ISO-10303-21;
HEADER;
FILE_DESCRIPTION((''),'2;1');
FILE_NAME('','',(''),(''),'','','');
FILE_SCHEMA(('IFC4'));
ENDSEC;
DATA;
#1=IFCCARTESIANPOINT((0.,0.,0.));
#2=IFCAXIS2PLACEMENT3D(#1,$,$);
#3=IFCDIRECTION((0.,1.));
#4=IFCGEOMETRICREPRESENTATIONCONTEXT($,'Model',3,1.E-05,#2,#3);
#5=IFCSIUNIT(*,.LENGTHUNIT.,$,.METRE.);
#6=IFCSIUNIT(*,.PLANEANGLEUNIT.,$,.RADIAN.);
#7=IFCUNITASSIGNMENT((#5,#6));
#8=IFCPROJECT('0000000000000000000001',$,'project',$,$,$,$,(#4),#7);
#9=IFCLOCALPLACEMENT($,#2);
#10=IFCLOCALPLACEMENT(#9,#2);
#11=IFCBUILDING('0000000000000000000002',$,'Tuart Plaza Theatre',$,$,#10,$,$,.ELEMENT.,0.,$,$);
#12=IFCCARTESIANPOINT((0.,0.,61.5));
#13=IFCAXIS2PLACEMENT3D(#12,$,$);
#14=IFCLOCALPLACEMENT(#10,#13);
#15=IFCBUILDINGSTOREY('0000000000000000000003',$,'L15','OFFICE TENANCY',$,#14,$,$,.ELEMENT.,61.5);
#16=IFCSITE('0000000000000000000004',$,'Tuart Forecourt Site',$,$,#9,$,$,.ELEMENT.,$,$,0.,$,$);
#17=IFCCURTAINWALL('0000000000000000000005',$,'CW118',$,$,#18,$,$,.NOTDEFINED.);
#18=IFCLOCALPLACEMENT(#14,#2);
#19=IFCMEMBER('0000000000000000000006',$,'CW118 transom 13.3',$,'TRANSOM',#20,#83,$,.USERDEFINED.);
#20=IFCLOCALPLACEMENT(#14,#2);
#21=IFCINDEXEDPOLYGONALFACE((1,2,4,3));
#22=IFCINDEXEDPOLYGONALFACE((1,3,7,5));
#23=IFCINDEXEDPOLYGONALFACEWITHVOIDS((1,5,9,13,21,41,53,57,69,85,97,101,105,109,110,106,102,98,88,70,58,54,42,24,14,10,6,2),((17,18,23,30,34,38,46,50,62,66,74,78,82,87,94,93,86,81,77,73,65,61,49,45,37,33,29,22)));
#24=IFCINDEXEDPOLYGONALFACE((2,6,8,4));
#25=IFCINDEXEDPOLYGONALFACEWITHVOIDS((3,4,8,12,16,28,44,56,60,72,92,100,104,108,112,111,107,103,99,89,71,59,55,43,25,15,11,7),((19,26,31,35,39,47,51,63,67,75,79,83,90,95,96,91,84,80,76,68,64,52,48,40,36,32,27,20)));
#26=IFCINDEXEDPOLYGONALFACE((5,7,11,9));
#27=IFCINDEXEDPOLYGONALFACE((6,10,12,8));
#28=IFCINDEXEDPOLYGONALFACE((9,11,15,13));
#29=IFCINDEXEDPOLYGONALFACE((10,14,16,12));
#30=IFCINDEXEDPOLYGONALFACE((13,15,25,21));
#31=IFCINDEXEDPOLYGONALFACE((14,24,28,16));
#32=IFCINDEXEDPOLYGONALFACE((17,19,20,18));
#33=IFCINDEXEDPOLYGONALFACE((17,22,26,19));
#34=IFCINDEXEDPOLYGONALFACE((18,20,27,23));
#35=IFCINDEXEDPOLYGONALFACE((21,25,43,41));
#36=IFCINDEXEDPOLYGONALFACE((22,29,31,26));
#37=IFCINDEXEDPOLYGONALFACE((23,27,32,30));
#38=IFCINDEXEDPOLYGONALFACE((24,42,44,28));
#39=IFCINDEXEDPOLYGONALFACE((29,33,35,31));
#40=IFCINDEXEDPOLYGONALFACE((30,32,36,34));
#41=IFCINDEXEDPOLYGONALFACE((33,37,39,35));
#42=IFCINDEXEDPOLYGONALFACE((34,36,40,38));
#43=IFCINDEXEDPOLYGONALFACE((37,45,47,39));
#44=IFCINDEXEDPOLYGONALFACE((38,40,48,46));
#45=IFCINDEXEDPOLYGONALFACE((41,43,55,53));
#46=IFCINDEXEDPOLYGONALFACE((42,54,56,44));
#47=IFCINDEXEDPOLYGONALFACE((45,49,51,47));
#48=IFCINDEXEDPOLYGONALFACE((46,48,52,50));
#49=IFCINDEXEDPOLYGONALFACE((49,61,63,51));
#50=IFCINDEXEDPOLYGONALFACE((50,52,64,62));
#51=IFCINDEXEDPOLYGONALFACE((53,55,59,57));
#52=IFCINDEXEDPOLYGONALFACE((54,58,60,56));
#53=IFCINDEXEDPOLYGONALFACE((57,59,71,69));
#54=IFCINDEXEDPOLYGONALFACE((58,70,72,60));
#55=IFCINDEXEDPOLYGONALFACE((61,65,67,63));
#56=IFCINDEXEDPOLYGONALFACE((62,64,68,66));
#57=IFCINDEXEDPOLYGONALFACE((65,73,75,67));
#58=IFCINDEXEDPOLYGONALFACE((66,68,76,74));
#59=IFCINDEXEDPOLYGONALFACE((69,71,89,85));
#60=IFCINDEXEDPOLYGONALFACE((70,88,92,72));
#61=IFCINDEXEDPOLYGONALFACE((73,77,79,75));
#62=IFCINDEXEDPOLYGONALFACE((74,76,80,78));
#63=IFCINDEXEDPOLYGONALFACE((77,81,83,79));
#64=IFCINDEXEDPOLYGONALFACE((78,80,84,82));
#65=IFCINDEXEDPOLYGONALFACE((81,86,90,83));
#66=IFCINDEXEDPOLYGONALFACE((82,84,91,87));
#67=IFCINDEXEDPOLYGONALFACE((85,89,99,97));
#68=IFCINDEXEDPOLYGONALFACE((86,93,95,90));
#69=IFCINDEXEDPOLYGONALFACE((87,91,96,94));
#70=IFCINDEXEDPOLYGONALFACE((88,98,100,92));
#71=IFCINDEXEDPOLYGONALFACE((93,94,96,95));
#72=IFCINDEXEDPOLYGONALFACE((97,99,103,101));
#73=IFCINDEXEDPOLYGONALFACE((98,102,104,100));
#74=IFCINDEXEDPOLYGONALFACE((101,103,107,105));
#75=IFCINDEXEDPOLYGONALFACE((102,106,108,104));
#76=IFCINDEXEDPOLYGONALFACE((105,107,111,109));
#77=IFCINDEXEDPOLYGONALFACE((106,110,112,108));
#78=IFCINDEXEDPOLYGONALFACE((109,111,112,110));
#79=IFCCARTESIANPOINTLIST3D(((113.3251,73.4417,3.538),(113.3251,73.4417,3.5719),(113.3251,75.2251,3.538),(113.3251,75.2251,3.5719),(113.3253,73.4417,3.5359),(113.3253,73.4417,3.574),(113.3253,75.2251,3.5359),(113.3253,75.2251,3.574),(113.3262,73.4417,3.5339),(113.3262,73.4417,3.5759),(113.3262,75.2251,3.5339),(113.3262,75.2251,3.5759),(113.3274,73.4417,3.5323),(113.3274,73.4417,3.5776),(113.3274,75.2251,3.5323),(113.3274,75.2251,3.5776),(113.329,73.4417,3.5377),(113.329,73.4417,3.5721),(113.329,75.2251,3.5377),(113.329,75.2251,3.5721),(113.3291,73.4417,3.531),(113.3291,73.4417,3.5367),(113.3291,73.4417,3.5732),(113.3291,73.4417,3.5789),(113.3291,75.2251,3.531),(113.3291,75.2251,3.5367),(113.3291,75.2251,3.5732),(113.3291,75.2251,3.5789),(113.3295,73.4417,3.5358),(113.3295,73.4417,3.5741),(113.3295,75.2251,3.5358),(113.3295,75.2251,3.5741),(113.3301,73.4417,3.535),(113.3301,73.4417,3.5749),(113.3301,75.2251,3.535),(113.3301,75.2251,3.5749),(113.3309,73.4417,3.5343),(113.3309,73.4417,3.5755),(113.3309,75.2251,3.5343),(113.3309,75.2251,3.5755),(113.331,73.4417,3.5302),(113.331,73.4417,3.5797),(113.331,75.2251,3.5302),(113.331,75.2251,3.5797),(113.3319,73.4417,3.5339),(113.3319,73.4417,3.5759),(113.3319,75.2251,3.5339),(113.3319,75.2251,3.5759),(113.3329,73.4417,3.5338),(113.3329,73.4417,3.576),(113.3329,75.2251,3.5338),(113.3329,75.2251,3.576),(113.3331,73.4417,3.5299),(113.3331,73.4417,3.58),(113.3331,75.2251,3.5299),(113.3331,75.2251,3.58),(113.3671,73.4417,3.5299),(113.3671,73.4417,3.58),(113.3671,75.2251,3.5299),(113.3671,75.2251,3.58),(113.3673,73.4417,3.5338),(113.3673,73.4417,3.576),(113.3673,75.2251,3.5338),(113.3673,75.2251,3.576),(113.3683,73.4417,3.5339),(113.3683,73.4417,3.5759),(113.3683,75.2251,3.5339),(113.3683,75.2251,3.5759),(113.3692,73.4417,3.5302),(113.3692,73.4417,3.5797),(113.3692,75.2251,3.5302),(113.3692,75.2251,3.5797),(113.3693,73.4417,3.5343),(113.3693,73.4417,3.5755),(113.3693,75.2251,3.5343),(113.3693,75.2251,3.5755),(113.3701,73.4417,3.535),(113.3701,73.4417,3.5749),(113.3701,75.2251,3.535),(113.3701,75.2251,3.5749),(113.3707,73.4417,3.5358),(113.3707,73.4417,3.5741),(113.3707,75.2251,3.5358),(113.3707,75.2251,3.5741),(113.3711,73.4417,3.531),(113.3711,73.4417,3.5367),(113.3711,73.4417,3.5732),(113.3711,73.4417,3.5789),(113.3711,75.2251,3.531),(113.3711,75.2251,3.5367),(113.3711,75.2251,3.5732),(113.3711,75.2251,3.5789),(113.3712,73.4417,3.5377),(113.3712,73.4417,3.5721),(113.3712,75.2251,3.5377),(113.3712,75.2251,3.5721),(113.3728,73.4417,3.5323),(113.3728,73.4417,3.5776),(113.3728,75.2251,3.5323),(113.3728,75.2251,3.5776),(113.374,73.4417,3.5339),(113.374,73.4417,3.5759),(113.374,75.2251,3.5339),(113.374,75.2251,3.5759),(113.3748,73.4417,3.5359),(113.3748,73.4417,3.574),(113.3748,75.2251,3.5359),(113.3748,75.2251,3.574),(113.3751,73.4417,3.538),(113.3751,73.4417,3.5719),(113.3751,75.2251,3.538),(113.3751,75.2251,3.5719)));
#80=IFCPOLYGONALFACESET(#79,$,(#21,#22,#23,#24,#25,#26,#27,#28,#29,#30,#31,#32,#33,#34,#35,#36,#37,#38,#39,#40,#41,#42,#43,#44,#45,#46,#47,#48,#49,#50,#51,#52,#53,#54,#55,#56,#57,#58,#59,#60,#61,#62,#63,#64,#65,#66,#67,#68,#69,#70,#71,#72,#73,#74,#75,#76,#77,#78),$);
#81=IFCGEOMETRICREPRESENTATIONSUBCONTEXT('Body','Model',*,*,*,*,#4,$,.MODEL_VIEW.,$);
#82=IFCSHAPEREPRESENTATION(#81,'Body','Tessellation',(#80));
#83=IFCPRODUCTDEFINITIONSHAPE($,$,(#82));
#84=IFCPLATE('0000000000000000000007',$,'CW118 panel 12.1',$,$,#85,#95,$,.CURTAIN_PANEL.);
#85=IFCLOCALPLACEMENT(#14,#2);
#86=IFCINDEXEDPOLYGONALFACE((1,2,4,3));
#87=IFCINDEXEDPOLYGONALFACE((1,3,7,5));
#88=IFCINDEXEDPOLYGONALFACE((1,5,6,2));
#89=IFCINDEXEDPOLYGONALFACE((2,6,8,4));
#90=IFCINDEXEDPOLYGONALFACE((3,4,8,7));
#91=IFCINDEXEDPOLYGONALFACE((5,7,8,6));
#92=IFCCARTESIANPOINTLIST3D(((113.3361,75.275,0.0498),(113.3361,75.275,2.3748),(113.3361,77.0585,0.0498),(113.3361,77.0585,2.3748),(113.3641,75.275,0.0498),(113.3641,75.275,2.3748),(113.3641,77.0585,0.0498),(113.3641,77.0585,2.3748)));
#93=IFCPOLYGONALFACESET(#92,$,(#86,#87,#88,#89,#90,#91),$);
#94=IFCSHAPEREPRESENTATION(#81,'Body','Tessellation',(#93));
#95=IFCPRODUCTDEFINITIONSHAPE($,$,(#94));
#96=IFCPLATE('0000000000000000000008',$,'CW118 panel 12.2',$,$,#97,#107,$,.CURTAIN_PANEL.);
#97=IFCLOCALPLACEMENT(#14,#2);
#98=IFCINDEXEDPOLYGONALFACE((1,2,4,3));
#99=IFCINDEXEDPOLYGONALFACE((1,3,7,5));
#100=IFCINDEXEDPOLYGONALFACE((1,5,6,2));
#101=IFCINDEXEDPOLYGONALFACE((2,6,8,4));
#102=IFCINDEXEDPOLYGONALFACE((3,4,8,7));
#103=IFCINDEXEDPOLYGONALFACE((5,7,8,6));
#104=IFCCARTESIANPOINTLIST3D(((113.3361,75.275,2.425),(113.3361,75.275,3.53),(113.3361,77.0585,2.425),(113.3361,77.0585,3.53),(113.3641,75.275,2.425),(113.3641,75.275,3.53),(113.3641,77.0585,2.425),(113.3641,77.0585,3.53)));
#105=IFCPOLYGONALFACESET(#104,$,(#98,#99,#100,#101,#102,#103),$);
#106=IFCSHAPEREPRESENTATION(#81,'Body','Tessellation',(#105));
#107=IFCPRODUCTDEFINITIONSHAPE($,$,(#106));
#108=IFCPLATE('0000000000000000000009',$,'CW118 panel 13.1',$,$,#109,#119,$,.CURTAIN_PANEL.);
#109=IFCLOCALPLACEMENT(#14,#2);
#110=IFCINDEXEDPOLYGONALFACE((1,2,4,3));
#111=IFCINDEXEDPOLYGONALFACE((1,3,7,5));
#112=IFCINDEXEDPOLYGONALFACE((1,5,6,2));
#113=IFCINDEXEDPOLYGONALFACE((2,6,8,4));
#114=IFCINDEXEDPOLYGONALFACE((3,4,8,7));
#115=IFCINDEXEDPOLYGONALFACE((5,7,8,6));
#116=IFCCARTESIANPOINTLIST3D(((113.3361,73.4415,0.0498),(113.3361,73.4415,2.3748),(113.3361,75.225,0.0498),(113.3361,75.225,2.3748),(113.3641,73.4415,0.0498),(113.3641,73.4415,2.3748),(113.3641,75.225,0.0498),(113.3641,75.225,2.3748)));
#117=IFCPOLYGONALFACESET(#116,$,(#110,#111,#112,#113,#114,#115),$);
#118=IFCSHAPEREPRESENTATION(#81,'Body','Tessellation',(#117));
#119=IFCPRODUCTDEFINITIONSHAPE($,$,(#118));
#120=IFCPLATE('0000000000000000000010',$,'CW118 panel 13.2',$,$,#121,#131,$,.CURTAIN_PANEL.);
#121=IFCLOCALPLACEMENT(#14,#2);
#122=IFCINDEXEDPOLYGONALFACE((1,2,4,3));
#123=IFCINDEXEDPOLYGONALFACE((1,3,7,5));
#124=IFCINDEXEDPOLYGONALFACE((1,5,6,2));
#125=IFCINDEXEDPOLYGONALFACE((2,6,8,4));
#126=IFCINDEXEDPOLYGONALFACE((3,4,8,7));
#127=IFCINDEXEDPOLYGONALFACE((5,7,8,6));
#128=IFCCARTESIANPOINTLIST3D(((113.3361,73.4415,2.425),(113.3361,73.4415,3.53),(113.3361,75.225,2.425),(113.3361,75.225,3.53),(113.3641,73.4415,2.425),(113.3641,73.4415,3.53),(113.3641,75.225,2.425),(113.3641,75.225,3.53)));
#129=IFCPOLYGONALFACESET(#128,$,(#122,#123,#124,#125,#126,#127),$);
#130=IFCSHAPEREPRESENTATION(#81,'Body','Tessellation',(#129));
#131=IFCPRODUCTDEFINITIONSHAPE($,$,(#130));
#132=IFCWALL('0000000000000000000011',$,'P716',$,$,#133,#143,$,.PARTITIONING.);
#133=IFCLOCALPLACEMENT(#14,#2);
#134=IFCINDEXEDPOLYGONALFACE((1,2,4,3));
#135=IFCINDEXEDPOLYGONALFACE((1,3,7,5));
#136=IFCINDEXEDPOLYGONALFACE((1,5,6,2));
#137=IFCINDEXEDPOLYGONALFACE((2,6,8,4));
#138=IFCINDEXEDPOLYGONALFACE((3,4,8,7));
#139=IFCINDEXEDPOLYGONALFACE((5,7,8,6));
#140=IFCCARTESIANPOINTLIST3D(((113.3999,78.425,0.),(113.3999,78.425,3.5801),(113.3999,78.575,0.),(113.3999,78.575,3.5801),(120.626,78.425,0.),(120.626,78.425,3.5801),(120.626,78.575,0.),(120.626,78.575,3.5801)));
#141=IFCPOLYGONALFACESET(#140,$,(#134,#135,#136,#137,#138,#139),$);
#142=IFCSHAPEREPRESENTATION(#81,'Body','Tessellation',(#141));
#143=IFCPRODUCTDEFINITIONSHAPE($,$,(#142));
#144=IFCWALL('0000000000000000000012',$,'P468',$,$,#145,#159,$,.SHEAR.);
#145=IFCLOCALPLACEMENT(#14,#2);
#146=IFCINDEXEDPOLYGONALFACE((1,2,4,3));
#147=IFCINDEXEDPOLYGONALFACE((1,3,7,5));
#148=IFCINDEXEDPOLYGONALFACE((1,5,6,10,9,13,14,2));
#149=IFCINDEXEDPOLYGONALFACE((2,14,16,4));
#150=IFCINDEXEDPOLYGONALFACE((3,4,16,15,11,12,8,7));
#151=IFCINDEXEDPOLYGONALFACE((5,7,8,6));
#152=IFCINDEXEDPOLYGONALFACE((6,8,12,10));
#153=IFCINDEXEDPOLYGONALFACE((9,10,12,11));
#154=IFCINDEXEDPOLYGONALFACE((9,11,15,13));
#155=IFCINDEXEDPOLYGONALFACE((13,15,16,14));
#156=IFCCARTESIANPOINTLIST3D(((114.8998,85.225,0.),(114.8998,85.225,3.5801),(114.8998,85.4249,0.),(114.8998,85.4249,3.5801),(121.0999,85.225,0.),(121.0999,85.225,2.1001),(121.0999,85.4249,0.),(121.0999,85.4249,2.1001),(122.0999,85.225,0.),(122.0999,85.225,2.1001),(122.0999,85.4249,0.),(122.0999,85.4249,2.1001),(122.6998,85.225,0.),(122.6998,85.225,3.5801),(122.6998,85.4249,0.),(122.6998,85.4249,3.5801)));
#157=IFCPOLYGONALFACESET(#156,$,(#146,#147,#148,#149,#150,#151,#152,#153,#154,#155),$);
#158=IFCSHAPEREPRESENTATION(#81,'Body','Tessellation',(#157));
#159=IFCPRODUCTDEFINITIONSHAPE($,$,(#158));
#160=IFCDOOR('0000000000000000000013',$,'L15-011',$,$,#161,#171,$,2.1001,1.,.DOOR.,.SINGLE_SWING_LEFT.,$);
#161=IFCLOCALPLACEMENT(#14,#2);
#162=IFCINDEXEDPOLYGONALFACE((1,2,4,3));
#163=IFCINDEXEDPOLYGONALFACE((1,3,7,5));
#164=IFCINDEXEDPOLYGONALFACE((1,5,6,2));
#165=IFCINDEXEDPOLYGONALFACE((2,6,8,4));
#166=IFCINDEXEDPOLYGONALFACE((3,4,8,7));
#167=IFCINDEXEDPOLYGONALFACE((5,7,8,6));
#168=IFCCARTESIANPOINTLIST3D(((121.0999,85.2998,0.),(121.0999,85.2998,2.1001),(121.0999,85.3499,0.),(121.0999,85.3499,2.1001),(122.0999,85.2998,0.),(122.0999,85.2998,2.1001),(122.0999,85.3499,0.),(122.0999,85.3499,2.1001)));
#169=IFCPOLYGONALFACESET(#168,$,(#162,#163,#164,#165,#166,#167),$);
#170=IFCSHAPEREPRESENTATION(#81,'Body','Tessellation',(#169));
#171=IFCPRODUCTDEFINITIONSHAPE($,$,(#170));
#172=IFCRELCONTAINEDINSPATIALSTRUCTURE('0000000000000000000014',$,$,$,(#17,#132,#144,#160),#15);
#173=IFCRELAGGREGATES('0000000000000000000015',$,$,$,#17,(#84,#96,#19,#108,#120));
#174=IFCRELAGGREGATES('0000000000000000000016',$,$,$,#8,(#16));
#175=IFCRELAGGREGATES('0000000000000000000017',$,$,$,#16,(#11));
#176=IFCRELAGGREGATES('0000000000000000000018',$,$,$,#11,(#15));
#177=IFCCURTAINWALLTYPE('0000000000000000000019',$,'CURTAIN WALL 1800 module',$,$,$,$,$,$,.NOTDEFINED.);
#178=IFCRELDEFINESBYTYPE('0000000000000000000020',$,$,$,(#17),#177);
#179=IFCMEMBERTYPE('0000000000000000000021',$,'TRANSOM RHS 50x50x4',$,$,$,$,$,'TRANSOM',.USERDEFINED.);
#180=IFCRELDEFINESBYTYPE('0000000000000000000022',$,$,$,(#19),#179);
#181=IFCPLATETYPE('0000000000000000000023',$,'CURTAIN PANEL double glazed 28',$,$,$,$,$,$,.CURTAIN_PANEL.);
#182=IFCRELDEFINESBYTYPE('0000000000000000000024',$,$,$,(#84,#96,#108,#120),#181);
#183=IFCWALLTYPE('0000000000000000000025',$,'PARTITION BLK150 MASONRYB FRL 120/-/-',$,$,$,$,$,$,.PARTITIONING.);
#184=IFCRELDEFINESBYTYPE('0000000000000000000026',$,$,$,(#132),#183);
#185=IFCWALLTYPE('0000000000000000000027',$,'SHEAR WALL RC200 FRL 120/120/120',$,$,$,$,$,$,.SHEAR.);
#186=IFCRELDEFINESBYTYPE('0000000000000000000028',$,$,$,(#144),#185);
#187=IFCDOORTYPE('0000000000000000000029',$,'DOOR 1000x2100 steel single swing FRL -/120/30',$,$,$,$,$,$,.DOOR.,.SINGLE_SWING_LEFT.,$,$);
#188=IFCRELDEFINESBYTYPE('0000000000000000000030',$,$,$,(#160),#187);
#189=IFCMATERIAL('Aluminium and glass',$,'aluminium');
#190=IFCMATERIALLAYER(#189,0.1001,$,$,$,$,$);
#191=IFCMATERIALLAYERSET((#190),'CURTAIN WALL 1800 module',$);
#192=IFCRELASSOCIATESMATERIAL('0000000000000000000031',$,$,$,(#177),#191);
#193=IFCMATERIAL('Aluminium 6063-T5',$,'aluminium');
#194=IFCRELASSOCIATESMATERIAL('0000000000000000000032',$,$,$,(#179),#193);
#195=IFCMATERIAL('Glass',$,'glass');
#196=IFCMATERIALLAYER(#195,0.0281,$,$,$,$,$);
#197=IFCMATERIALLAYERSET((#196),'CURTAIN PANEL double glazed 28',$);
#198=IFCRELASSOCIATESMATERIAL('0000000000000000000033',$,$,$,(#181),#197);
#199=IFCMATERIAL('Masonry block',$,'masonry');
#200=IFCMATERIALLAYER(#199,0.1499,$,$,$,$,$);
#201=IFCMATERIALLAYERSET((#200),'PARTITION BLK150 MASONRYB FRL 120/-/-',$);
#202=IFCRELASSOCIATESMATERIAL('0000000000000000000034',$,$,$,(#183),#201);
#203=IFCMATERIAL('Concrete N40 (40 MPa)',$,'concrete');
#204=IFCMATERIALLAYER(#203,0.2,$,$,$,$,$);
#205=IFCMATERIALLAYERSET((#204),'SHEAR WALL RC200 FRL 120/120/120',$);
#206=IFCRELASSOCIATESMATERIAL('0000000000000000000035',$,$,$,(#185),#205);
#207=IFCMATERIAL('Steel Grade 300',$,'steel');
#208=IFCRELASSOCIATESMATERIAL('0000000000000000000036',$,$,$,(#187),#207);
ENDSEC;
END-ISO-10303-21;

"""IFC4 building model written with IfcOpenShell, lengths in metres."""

from ifc_helpers import new_model, si_unit, direction, frame, frame_2d, origin, origin_2d, place, context, subcontext, project, spatial, rectangle, hollow_rectangle, extrude, material, layer, layer_set, material_profile, profile_set, type_object, element, fill, aggregate, save


model = new_model("IFC4")

# Units and contexts
model_context = context("Model", 3, precision=1e-05, world=origin(), true_north=direction((0.0, 1.0)))
body_context = subcontext(model_context, "Body", "Model", "MODEL_VIEW")
ifc_project = project(units=[si_unit("LENGTHUNIT", "METRE"), si_unit("PLANEANGLEUNIT", "RADIAN")], contexts=[model_context])

# Site, building, storey
site_placement = place(None, origin())
site = spatial("IfcSite", under=ifc_project, at=site_placement, Name="Tuart Forecourt Site", CompositionType="ELEMENT", RefElevation=0.0)
building_placement = place(site_placement, origin())
building = spatial("IfcBuilding", under=site, at=building_placement, Name="Tuart Plaza Theatre", CompositionType="ELEMENT", ElevationOfRefHeight=0.0)
storey_placement = place(building_placement, frame((0.0, 0.0, 61.5)))
storey = spatial("IfcBuildingStorey", under=building, at=storey_placement, Name="L15", Description="OFFICE TENANCY", CompositionType="ELEMENT", Elevation=61.5)

# Curtain wall, member, plates
ifc_material_1 = material(Name="Aluminium and glass", Category="aluminium")
ifc_layer_1 = layer(ifc_material_1, 0.1001)
ifc_layer_set_1 = layer_set([ifc_layer_1], Name="CURTAIN WALL 1800 module")
curtain_wall_type = type_object("IfcCurtainWallType", Name="CURTAIN WALL 1800 module", PredefinedType="NOTDEFINED", material=ifc_layer_set_1)
curtain_wall_placement = place(storey_placement, origin())
curtain_wall = element("IfcCurtainWall", 1, at=curtain_wall_placement, inside=storey, type_object=curtain_wall_type, Name="CW118", PredefinedType="NOTDEFINED")
ifc_material_2 = material(Name="Aluminium 6063-T5", Category="aluminium")
ifc_material_profile_1 = material_profile(ifc_material_2, hollow_rectangle(XDim=0.05, YDim=0.05, WallThickness=0.0039, InnerFilletRadius=0.0039, OuterFilletRadius=0.0081, at=origin_2d()), Name="RHS 50x50x4")
ifc_profile_set_1 = profile_set([ifc_material_profile_1], Name="Aluminium 6063-T5")
member_type = type_object("IfcMemberType", Name="TRANSOM RHS 50x50x4", ElementType="TRANSOM", PredefinedType="USERDEFINED", material=ifc_profile_set_1)
member_1_placement = place(storey_placement, frame((113.3501, 75.2251, 3.5549), z_axis=(0.0, -1.0, 0.0), x_axis=(1.0, 0.0, 0.0)))
member_1 = element("IfcMember", 2, at=member_1_placement, type_object=member_type, Name="CW118 transom 13.3", ObjectType="TRANSOM", PredefinedType="USERDEFINED", context=body_context, shape_type="SweptSolid", body=[
    extrude(hollow_rectangle(XDim=0.05, YDim=0.05, WallThickness=0.0039, InnerFilletRadius=0.0039, OuterFilletRadius=0.0081, at=origin_2d()), origin(), (0.0, 0.0, 1.0), 1.7834),
])
ifc_material_3 = material(Name="Glass", Category="glass")
ifc_layer_2 = layer(ifc_material_3, 0.0281)
ifc_layer_set_2 = layer_set([ifc_layer_2], Name="CURTAIN PANEL double glazed 28")
plate_type = type_object("IfcPlateType", Name="CURTAIN PANEL double glazed 28", PredefinedType="CURTAIN_PANEL", material=ifc_layer_set_2)
plate_1_placement = place(storey_placement, frame((113.3501, 76.1667, 0.0498), z_axis=(0.0, 0.0, 1.0), x_axis=(0.0, -1.0, 0.0)))
plate_1 = element("IfcPlate", 3, at=plate_1_placement, type_object=plate_type, Name="CW118 panel 12.1", PredefinedType="CURTAIN_PANEL", context=body_context, shape_type="SweptSolid", body=[
    extrude(rectangle(XDim=1.7834, YDim=0.0281, at=origin_2d()), origin(), (0.0, 0.0, 1.0), 2.325),
])
plate_2_placement = place(storey_placement, frame((113.3501, 76.1667, 2.425), z_axis=(0.0, 0.0, 1.0), x_axis=(0.0, -1.0, 0.0)))
plate_2 = element("IfcPlate", 4, at=plate_2_placement, type_object=plate_type, Name="CW118 panel 12.2", PredefinedType="CURTAIN_PANEL", context=body_context, shape_type="SweptSolid", body=[
    extrude(rectangle(XDim=1.7834, YDim=0.0281, at=origin_2d()), origin(), (0.0, 0.0, 1.0), 1.105),
])
plate_3_placement = place(storey_placement, frame((113.3501, 74.3333, 0.0498), z_axis=(0.0, 0.0, 1.0), x_axis=(0.0, -1.0, 0.0)))
plate_3 = element("IfcPlate", 5, at=plate_3_placement, type_object=plate_type, Name="CW118 panel 13.1", PredefinedType="CURTAIN_PANEL", context=body_context, shape_type="SweptSolid", body=[
    extrude(rectangle(XDim=1.7834, YDim=0.0281, at=origin_2d()), origin(), (0.0, 0.0, 1.0), 2.325),
])
plate_4_placement = place(storey_placement, frame((113.3501, 74.3333, 2.425), z_axis=(0.0, 0.0, 1.0), x_axis=(0.0, -1.0, 0.0)))
plate_4 = element("IfcPlate", 6, at=plate_4_placement, type_object=plate_type, Name="CW118 panel 13.2", PredefinedType="CURTAIN_PANEL", context=body_context, shape_type="SweptSolid", body=[
    extrude(rectangle(XDim=1.7834, YDim=0.0281, at=origin_2d()), origin(), (0.0, 0.0, 1.0), 1.105),
])
aggregate(curtain_wall, [plate_1, plate_2, member_1, plate_3, plate_4])

# Wall
ifc_material_4 = material(Name="Masonry block", Category="masonry")
ifc_layer_3 = layer(ifc_material_4, 0.1499)
ifc_layer_set_3 = layer_set([ifc_layer_3], Name="PARTITION BLK150 MASONRYB FRL 120/-/-")
wall_type_1 = type_object("IfcWallType", Name="PARTITION BLK150 MASONRYB FRL 120/-/-", PredefinedType="PARTITIONING", material=ifc_layer_set_3)
wall_1_placement = place(storey_placement, frame((113.3999, 78.5, 0.0), z_axis=(0.0, 0.0, 1.0), x_axis=(1.0, 0.0, 0.0)))
element("IfcWall", 7, at=wall_1_placement, inside=storey, type_object=wall_type_1, Name="P716", PredefinedType="PARTITIONING", context=body_context, shape_type="SweptSolid", body=[
    extrude(rectangle(XDim=7.2261, YDim=0.1499, at=frame_2d((3.613, 0.0))), origin(), (0.0, 0.0, 1.0), 3.5801),
])

# Wall, opening, door
ifc_material_5 = material(Name="Concrete N40 (40 MPa)", Category="concrete")
ifc_layer_4 = layer(ifc_material_5, 0.2)
ifc_layer_set_4 = layer_set([ifc_layer_4], Name="SHEAR WALL RC200 FRL 120/120/120")
wall_type_2 = type_object("IfcWallType", Name="SHEAR WALL RC200 FRL 120/120/120", PredefinedType="SHEAR", material=ifc_layer_set_4)
wall_2_placement = place(storey_placement, frame((114.8999, 85.325, 0.0), z_axis=(0.0, 0.0, 1.0), x_axis=(1.0, 0.0, 0.0)))
wall_2 = element("IfcWall", 8, at=wall_2_placement, inside=storey, type_object=wall_type_2, Name="P468", PredefinedType="SHEAR", context=body_context, shape_type="SweptSolid", body=[
    extrude(rectangle(XDim=7.8, YDim=0.2, at=frame_2d((3.8999, 0.0))), origin(), (0.0, 0.0, 1.0), 3.5801),
])
opening_placement = place(wall_2_placement, frame((6.2, 0.0, 0.0)))
opening = element("IfcOpeningElement", 9, at=opening_placement, cuts=wall_2, PredefinedType="OPENING", context=body_context, shape_type="SweptSolid", body=[
    extrude(rectangle(XDim=1.0, YDim=2.1001, at=frame_2d((0.5, 1.05))), frame((0.0, 0.1099, 0.0), z_axis=(0.0, -1.0, 0.0), x_axis=(1.0, 0.0, 0.0)), (0.0, 0.0, 1.0), 0.22),
])
ifc_material_6 = material(Name="Steel Grade 300", Category="steel")
door_type = type_object("IfcDoorType", Name="DOOR 1000x2100 steel single swing FRL -/120/30", OperationType="SINGLE_SWING_LEFT", PredefinedType="DOOR", material=ifc_material_6)
door_placement = place(opening_placement, origin())
door = element("IfcDoor", 10, at=door_placement, inside=storey, type_object=door_type, Name="L15-011", OperationType="SINGLE_SWING_LEFT", OverallHeight=2.1001, OverallWidth=1.0, PredefinedType="DOOR", context=body_context, shape_type="SweptSolid", body=[
    extrude(rectangle(XDim=1.0, YDim=2.1001, at=frame_2d((0.5, 1.05))), frame((0.0, 0.0249, 0.0), z_axis=(0.0, -1.0, 0.0), x_axis=(1.0, 0.0, 0.0)), (0.0, 0.0, 1.0), 0.05),
])
fill(opening, door)

save(model, "model.ifc")
